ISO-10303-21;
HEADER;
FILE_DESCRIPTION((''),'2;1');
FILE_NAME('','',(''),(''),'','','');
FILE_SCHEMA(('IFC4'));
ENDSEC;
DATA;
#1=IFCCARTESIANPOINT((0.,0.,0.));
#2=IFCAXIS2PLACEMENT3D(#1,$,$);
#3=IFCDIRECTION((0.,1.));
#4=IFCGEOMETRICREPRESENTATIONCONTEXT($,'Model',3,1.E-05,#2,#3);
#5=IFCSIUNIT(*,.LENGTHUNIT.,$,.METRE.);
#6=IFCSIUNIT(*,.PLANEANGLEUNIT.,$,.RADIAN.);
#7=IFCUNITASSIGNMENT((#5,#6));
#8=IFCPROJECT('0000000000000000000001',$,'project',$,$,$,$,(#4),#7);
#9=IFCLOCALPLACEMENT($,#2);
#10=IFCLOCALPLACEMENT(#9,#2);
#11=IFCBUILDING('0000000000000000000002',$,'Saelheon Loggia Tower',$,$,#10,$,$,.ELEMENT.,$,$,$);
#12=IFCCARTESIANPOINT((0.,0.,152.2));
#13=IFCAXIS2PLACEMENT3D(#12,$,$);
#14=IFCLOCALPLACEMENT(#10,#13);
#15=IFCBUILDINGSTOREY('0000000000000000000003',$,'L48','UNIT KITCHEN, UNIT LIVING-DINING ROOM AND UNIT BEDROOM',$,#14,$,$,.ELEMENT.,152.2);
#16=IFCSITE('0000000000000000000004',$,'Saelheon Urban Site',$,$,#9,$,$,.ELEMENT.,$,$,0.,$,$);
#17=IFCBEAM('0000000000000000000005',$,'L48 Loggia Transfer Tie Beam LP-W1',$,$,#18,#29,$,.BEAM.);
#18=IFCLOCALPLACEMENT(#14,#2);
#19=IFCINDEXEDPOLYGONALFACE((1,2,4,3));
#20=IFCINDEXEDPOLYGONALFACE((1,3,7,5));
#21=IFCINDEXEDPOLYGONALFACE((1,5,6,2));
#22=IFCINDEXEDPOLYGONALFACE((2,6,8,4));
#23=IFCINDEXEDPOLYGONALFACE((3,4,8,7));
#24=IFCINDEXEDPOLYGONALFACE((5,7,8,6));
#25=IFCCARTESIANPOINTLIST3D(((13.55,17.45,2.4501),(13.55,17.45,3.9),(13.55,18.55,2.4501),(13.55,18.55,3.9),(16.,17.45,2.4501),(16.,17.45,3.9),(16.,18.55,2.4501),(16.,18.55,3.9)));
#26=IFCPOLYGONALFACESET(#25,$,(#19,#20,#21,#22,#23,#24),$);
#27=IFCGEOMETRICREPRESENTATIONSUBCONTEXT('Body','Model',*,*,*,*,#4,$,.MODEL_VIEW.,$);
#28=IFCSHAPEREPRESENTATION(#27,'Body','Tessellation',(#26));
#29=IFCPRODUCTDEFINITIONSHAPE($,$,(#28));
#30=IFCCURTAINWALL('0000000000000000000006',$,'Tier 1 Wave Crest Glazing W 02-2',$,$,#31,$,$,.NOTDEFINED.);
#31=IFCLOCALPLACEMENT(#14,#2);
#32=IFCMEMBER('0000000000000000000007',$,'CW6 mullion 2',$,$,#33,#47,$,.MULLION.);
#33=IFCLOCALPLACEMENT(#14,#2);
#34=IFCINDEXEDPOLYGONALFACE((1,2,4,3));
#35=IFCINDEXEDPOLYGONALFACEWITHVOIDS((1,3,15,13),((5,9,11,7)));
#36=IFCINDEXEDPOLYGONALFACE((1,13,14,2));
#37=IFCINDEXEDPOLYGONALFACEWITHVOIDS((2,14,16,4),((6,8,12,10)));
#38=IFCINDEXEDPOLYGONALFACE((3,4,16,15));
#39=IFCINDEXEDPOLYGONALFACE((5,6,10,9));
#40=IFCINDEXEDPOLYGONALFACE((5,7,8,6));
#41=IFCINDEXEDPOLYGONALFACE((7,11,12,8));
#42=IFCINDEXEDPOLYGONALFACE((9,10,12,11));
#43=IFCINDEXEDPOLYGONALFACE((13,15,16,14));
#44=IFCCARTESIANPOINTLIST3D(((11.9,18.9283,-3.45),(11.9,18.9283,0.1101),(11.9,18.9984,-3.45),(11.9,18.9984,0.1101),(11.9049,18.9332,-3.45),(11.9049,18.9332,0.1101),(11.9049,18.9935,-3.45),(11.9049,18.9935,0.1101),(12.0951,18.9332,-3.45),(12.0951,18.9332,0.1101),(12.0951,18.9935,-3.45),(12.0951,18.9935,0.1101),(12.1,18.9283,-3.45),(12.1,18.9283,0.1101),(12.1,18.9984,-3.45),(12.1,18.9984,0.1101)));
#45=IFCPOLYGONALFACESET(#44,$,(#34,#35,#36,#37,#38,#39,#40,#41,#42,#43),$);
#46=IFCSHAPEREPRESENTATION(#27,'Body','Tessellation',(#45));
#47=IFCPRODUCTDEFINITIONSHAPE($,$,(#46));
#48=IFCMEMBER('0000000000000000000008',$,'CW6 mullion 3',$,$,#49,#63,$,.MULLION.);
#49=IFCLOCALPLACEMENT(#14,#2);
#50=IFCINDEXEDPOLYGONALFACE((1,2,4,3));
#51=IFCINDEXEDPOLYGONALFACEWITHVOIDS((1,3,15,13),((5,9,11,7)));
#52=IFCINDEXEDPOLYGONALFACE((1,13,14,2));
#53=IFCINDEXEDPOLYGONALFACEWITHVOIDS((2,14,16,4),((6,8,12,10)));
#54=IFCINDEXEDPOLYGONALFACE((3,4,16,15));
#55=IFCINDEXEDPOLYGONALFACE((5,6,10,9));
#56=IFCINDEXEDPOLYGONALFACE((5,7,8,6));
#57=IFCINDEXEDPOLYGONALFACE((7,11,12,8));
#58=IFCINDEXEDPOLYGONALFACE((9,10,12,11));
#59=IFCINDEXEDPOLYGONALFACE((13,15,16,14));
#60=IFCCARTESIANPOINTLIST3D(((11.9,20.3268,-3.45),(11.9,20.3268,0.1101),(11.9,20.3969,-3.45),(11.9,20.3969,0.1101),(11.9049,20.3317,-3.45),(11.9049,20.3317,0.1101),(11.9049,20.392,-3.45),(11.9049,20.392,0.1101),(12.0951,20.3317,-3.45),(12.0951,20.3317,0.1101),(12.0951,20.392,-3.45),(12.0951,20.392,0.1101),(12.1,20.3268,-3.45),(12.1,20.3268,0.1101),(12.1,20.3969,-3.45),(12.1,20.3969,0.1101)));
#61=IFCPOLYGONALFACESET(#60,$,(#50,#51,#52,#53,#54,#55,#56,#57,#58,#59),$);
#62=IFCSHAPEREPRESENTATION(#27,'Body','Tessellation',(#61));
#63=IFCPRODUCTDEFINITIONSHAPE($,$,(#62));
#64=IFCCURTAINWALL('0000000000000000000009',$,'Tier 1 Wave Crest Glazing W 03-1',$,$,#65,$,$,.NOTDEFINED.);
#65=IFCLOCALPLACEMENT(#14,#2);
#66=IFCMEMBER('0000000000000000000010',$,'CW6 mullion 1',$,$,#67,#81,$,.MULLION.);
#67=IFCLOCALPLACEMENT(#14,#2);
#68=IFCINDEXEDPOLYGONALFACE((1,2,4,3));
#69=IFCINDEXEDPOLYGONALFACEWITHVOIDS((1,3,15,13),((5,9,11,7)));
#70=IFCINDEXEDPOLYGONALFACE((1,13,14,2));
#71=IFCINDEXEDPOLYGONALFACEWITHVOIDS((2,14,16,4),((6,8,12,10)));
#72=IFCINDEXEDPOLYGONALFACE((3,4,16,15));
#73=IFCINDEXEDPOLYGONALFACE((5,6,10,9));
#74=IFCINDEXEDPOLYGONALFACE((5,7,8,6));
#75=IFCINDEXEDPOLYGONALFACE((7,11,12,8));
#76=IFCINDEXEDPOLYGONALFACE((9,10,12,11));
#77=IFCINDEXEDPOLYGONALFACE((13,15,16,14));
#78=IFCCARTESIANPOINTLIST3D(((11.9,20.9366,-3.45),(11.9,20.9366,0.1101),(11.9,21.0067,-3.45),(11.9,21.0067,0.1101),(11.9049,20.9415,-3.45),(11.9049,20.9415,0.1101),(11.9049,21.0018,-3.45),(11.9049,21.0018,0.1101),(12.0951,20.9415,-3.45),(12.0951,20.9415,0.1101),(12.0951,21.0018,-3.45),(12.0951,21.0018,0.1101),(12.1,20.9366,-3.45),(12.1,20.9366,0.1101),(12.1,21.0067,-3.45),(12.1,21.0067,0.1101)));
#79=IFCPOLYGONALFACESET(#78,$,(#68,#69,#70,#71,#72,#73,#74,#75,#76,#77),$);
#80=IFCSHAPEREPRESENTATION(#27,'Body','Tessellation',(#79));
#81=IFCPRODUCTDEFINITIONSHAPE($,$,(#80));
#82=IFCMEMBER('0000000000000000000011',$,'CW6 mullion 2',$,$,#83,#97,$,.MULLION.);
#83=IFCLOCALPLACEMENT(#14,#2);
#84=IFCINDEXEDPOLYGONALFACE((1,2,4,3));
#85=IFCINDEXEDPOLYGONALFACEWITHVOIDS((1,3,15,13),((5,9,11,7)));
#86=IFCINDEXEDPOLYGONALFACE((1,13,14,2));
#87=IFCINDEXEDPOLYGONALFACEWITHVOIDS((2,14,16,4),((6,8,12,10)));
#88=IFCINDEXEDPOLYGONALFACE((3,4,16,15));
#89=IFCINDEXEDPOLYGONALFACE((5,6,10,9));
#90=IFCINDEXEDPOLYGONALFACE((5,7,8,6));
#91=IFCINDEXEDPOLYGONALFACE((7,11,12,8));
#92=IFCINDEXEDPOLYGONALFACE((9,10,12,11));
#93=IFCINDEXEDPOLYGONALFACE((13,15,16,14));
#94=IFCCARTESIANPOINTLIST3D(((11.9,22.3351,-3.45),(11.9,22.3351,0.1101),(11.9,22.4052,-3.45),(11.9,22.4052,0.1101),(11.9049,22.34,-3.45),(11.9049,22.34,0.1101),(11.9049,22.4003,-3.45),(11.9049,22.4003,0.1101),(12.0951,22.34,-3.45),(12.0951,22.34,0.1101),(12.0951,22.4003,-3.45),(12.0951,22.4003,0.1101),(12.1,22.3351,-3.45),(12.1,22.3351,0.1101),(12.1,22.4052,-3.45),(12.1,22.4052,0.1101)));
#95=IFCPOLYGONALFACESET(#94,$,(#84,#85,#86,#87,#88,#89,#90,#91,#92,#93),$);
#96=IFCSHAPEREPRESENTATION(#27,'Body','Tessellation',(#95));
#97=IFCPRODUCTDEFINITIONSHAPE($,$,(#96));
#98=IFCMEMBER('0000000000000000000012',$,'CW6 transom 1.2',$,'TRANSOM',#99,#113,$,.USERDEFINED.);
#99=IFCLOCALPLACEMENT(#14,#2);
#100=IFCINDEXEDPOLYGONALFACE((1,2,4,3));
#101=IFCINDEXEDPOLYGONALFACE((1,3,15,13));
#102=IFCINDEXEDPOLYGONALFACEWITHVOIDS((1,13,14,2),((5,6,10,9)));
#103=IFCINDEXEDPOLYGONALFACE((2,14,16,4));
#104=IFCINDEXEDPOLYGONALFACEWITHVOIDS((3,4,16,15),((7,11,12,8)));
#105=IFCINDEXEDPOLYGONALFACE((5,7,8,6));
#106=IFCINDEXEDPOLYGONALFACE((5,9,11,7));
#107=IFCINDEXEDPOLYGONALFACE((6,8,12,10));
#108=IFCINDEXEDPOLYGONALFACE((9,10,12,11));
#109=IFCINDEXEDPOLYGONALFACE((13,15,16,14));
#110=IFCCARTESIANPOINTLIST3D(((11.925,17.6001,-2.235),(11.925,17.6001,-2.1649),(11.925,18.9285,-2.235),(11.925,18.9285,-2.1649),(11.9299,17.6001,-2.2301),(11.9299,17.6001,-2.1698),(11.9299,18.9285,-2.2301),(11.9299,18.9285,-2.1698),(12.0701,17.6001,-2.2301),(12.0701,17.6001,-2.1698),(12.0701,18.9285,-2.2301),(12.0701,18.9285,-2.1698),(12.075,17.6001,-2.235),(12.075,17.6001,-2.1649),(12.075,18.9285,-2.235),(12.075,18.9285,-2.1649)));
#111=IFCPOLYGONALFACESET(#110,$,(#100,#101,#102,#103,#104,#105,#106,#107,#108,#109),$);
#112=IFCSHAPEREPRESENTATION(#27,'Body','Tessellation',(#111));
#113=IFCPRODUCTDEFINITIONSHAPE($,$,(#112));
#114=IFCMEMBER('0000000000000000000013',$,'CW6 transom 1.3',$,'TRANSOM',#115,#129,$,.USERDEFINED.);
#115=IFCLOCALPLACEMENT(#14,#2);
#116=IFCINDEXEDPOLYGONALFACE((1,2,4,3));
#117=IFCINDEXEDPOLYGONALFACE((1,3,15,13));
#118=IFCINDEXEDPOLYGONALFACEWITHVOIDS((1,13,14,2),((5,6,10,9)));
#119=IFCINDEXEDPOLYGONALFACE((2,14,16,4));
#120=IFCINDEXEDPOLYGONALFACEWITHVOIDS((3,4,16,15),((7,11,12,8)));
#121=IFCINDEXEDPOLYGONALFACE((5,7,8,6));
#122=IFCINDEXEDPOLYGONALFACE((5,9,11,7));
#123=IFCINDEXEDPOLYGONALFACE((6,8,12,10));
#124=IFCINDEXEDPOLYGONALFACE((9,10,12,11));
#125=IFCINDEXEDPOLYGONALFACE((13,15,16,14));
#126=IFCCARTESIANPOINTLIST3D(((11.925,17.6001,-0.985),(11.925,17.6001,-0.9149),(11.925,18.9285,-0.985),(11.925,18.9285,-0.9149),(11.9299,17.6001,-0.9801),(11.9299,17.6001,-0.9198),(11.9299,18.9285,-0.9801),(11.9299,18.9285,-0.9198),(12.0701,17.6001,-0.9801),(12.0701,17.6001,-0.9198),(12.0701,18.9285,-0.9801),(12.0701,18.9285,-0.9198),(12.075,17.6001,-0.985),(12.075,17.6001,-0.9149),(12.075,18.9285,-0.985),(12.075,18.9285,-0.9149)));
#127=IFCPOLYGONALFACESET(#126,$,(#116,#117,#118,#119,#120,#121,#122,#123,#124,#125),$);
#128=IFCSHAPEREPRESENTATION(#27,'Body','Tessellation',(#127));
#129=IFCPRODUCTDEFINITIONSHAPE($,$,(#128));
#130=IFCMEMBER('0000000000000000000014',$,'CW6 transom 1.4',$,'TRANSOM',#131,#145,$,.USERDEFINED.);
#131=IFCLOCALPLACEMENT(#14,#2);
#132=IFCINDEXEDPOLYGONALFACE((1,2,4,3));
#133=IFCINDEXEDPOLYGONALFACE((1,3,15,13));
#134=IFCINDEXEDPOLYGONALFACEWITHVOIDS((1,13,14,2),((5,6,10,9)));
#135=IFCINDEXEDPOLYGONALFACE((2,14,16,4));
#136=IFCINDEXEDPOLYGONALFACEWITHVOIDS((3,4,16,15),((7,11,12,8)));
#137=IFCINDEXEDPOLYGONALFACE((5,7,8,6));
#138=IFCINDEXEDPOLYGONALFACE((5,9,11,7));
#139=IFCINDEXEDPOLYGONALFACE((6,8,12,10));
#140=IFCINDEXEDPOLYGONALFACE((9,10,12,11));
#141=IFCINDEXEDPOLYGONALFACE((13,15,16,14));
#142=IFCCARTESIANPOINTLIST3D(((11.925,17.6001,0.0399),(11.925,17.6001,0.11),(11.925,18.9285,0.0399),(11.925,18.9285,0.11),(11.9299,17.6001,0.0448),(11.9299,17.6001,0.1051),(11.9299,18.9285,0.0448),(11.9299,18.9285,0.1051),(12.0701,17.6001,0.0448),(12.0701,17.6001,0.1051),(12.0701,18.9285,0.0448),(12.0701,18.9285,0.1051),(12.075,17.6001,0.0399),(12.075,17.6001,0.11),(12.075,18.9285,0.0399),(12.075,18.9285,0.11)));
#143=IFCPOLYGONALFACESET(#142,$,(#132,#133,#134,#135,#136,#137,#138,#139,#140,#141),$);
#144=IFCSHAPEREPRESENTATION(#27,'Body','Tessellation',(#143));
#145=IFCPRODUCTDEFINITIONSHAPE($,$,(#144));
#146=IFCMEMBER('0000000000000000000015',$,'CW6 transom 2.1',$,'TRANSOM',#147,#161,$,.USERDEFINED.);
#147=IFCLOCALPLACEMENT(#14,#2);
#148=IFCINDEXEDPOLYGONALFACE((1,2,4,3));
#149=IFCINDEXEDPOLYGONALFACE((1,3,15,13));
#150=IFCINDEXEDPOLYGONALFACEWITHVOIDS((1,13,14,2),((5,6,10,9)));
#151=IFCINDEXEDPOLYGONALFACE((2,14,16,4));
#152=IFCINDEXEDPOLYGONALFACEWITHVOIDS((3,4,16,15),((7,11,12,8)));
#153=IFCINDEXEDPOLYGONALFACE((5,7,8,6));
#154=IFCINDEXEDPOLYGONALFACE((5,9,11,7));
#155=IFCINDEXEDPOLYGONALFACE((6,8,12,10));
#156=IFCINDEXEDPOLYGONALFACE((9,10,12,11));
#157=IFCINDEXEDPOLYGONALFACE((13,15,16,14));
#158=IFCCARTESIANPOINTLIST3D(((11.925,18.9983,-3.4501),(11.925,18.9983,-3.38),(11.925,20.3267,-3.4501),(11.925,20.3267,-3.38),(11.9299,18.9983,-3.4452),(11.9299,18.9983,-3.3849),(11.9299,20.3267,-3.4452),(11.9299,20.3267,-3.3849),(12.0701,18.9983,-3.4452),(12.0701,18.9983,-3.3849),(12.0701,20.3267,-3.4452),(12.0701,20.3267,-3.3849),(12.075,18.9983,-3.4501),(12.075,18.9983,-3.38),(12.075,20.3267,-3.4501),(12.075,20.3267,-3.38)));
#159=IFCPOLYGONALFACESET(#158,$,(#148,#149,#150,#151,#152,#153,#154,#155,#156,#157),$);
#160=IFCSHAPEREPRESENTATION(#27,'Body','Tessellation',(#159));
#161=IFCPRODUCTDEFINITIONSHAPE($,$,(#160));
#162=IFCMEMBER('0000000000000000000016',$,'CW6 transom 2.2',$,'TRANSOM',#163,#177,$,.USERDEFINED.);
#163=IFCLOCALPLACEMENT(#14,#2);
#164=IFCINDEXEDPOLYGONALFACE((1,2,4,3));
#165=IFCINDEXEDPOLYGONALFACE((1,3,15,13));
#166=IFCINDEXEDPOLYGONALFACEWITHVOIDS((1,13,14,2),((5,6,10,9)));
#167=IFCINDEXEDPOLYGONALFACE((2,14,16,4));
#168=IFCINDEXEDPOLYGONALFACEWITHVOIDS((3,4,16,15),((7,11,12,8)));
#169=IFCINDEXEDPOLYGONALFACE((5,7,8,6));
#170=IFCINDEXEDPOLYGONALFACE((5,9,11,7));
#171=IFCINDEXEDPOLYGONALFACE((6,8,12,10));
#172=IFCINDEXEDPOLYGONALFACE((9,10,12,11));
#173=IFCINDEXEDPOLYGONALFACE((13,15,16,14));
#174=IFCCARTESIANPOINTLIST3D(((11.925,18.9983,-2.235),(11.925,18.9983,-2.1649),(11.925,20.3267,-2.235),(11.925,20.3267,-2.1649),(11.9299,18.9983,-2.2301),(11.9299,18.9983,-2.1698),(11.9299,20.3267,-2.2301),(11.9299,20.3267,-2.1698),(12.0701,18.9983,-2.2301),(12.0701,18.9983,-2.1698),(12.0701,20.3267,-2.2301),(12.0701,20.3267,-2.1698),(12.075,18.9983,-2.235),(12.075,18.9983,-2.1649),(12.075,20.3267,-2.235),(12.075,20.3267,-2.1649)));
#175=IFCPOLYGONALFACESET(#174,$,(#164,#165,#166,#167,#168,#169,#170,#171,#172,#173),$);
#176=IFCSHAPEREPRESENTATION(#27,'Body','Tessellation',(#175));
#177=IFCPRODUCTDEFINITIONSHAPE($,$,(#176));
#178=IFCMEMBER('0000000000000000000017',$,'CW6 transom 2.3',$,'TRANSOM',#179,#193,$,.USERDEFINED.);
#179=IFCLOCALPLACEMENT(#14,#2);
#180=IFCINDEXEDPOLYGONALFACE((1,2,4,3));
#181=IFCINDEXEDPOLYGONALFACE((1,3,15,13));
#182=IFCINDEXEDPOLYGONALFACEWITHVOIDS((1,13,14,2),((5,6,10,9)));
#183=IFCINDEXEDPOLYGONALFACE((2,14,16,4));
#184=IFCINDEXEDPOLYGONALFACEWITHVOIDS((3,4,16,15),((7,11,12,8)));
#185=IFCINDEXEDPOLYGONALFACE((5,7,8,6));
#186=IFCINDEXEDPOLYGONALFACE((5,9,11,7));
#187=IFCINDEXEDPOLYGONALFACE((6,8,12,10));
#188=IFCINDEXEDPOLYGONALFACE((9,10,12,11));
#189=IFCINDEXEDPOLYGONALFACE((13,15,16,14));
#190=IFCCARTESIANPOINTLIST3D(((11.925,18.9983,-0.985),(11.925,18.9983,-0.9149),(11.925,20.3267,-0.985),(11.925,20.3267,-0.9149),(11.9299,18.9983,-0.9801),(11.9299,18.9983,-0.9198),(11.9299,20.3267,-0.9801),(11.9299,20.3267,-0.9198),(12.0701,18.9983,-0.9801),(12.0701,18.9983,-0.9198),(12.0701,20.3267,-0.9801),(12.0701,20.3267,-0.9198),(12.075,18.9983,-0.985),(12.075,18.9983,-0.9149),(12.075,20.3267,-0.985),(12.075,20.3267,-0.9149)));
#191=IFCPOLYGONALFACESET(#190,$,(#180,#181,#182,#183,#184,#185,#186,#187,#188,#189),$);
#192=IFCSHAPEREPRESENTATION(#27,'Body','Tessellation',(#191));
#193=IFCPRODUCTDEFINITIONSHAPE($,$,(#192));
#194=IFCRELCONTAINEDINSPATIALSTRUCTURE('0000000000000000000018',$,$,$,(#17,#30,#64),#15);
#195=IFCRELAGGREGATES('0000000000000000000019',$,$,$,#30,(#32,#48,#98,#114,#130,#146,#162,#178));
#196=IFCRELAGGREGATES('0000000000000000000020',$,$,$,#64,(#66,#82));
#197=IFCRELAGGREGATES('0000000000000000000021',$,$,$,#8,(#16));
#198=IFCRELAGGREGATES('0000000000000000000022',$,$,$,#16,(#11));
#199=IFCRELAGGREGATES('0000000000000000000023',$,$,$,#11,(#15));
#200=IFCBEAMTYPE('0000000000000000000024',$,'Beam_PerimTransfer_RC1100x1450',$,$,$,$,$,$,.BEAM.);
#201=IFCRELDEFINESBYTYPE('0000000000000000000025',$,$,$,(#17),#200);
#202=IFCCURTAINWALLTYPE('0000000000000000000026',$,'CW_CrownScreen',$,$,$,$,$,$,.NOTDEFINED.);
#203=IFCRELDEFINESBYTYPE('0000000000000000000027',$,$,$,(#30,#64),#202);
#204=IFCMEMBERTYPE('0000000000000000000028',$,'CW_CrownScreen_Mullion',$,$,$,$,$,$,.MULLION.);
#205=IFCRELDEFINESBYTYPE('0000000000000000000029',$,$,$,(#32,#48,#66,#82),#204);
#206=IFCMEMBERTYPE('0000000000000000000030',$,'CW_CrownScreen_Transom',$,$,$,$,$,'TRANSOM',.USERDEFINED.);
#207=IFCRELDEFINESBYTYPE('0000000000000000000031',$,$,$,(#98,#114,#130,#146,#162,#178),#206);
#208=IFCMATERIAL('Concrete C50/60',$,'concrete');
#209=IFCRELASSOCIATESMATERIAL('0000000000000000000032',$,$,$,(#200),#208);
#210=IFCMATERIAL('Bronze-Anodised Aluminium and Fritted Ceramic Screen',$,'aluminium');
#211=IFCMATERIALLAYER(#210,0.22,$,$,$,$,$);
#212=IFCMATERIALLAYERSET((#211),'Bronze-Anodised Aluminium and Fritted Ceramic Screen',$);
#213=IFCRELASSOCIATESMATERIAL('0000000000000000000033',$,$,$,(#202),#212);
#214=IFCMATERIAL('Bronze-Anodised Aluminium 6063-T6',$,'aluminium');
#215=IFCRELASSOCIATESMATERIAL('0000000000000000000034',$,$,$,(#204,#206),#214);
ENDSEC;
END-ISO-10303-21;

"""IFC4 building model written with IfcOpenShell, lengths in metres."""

from ifc_helpers import new_model, si_unit, direction, frame, origin, origin_2d, place, context, subcontext, project, spatial, rectangle, hollow_rectangle, extrude, source, transform, mapped, material, layer, layer_set, material_profile, profile_set, type_object, element, aggregate, save


model = new_model("IFC4")

# Units and contexts
model_context = context("Model", 3, precision=1e-05, world=origin(), true_north=direction((0.0, 1.0)))
body_context = subcontext(model_context, "Body", "Model", "MODEL_VIEW")
ifc_project = project(units=[si_unit("LENGTHUNIT", "METRE"), si_unit("PLANEANGLEUNIT", "RADIAN")], contexts=[model_context])

# Site, building, storey
site_placement = place(None, origin())
site = spatial("IfcSite", under=ifc_project, at=site_placement, Name="Saelheon Urban Site", CompositionType="ELEMENT", RefElevation=0.0)
building_placement = place(site_placement, origin())
building = spatial("IfcBuilding", under=site, at=building_placement, Name="Saelheon Loggia Tower", CompositionType="ELEMENT")
storey_placement = place(building_placement, frame((0.0, 0.0, 152.2)))
storey = spatial("IfcBuildingStorey", under=building, at=storey_placement, Name="L48", Description="UNIT KITCHEN, UNIT LIVING-DINING ROOM AND UNIT BEDROOM", CompositionType="ELEMENT", Elevation=152.2)

# Shared definitions
ifc_material_1 = material(Name="Concrete C50/60", Category="concrete")

# Beam
ifc_material_profile_1 = material_profile(ifc_material_1, rectangle(XDim=1.1001, YDim=1.45, at=origin_2d()), Name="RC-1100x1450")
ifc_profile_set_1 = profile_set([ifc_material_profile_1], Name="Concrete C50/60")
beam_type = type_object("IfcBeamType", Name="Beam_PerimTransfer_RC1100x1450", PredefinedType="BEAM", material=ifc_profile_set_1)
shared_shape_1 = source(origin(), body_context, "Body", "SweptSolid", [
    extrude(rectangle(XDim=1.1001, YDim=1.45, at=origin_2d()), origin(), (0.0, 0.0, 1.0), 2.45),
])
beam_1_placement = place(storey_placement, frame((16.0, 18.0, 3.175), z_axis=(-1.0, 0.0, 0.0), x_axis=(0.0, -1.0, 0.0)))
element("IfcBeam", 1, at=beam_1_placement, inside=storey, type_object=beam_type, Name="L48 Loggia Transfer Tie Beam LP-W1", PredefinedType="BEAM", context=body_context, shape_type="MappedRepresentation", body=[
    mapped(shared_shape_1, transform((0.0, 0.0, 0.0), scale=1.0)),
])

# Curtain walls, members
ifc_material_2 = material(Name="Bronze-Anodised Aluminium and Fritted Ceramic Screen", Category="aluminium")
ifc_layer_1 = layer(ifc_material_2, 0.22)
ifc_layer_set_1 = layer_set([ifc_layer_1], Name="Bronze-Anodised Aluminium and Fritted Ceramic Screen")
curtain_wall_type = type_object("IfcCurtainWallType", Name="CW_CrownScreen", PredefinedType="NOTDEFINED", material=ifc_layer_set_1)
curtain_wall_1_placement = place(storey_placement, origin())
curtain_wall_1 = element("IfcCurtainWall", 2, at=curtain_wall_1_placement, inside=storey, type_object=curtain_wall_type, Name="Tier 1 Wave Crest Glazing W 02-2", PredefinedType="NOTDEFINED")
ifc_material_3 = material(Name="Bronze-Anodised Aluminium 6063-T6", Category="aluminium")
ifc_material_profile_2 = material_profile(ifc_material_3, hollow_rectangle(XDim=0.0701, YDim=0.2, WallThickness=0.0049, at=origin_2d()), Name="RHS-200x70x5")
ifc_profile_set_2 = profile_set([ifc_material_profile_2], Name="Bronze-Anodised Aluminium 6063-T6")
member_type_1 = type_object("IfcMemberType", Name="CW_CrownScreen_Mullion", PredefinedType="MULLION", material=ifc_profile_set_2)
shared_shape_2 = source(origin(), body_context, "Body", "SweptSolid", [
    extrude(hollow_rectangle(XDim=0.0701, YDim=0.2, WallThickness=0.0049, at=origin_2d()), origin(), (0.0, 0.0, 1.0), 3.5601),
])
member_1_placement = place(storey_placement, frame((12.0, 18.9634, -3.45), z_axis=(0.0, 0.0, 1.0), x_axis=(0.0, 1.0, 0.0)))
member_1 = element("IfcMember", 3, at=member_1_placement, type_object=member_type_1, Name="CW6 mullion 2", PredefinedType="MULLION", context=body_context, shape_type="MappedRepresentation", body=[
    mapped(shared_shape_2, transform((0.0, 0.0, 0.0), scale=1.0)),
])
member_2_placement = place(storey_placement, frame((12.0, 20.3618, -3.45), z_axis=(0.0, 0.0, 1.0), x_axis=(0.0, 1.0, 0.0)))
member_2 = element("IfcMember", 4, at=member_2_placement, type_object=member_type_1, Name="CW6 mullion 3", PredefinedType="MULLION", context=body_context, shape_type="MappedRepresentation", body=[
    mapped(shared_shape_2, transform((0.0, 0.0, 0.0), scale=1.0)),
])
curtain_wall_2_placement = place(storey_placement, origin())
curtain_wall_2 = element("IfcCurtainWall", 5, at=curtain_wall_2_placement, inside=storey, type_object=curtain_wall_type, Name="Tier 1 Wave Crest Glazing W 03-1", PredefinedType="NOTDEFINED")
member_3_placement = place(storey_placement, frame((12.0, 20.9717, -3.45), z_axis=(0.0, 0.0, 1.0), x_axis=(0.0, 1.0, 0.0)))
member_3 = element("IfcMember", 6, at=member_3_placement, type_object=member_type_1, Name="CW6 mullion 1", PredefinedType="MULLION", context=body_context, shape_type="MappedRepresentation", body=[
    mapped(shared_shape_2, transform((0.0, 0.0, 0.0), scale=1.0)),
])
member_4_placement = place(storey_placement, frame((12.0, 22.3701, -3.45), z_axis=(0.0, 0.0, 1.0), x_axis=(0.0, 1.0, 0.0)))
member_4 = element("IfcMember", 7, at=member_4_placement, type_object=member_type_1, Name="CW6 mullion 2", PredefinedType="MULLION", context=body_context, shape_type="MappedRepresentation", body=[
    mapped(shared_shape_2, transform((0.0, 0.0, 0.0), scale=1.0)),
])

# Members
ifc_material_profile_3 = material_profile(ifc_material_3, hollow_rectangle(XDim=0.0701, YDim=0.1499, WallThickness=0.0049, at=origin_2d()), Name="RHS-150x70x5")
ifc_profile_set_3 = profile_set([ifc_material_profile_3], Name="Bronze-Anodised Aluminium 6063-T6")
member_type_2 = type_object("IfcMemberType", Name="CW_CrownScreen_Transom", ElementType="TRANSOM", PredefinedType="USERDEFINED", material=ifc_profile_set_3)
shared_shape_3 = source(origin(), body_context, "Body", "SweptSolid", [
    extrude(hollow_rectangle(XDim=0.0701, YDim=0.1499, WallThickness=0.0049, at=origin_2d()), origin(), (0.0, 0.0, 1.0), 1.3284),
])
member_5_placement = place(storey_placement, frame((12.0, 17.6001, -2.2), z_axis=(0.0, 1.0, 0.0), x_axis=(0.0, 0.0, 1.0)))
member_5 = element("IfcMember", 8, at=member_5_placement, type_object=member_type_2, Name="CW6 transom 1.2", ObjectType="TRANSOM", PredefinedType="USERDEFINED", context=body_context, shape_type="MappedRepresentation", body=[
    mapped(shared_shape_3, transform((0.0, 0.0, 0.0), scale=1.0)),
])
member_6_placement = place(storey_placement, frame((12.0, 17.6001, -0.95), z_axis=(0.0, 1.0, 0.0), x_axis=(0.0, 0.0, 1.0)))
member_6 = element("IfcMember", 9, at=member_6_placement, type_object=member_type_2, Name="CW6 transom 1.3", ObjectType="TRANSOM", PredefinedType="USERDEFINED", context=body_context, shape_type="MappedRepresentation", body=[
    mapped(shared_shape_3, transform((0.0, 0.0, 0.0), scale=1.0)),
])
member_7_placement = place(storey_placement, frame((12.0, 17.6001, 0.075), z_axis=(0.0, 1.0, 0.0), x_axis=(0.0, 0.0, 1.0)))
member_7 = element("IfcMember", 10, at=member_7_placement, type_object=member_type_2, Name="CW6 transom 1.4", ObjectType="TRANSOM", PredefinedType="USERDEFINED", context=body_context, shape_type="MappedRepresentation", body=[
    mapped(shared_shape_3, transform((0.0, 0.0, 0.0), scale=1.0)),
])
member_8_placement = place(storey_placement, frame((12.0, 18.9983, -3.415), z_axis=(0.0, 1.0, 0.0), x_axis=(0.0, 0.0, 1.0)))
member_8 = element("IfcMember", 11, at=member_8_placement, type_object=member_type_2, Name="CW6 transom 2.1", ObjectType="TRANSOM", PredefinedType="USERDEFINED", context=body_context, shape_type="MappedRepresentation", body=[
    mapped(shared_shape_3, transform((0.0, 0.0, 0.0), scale=1.0)),
])
member_9_placement = place(storey_placement, frame((12.0, 18.9983, -2.2), z_axis=(0.0, 1.0, 0.0), x_axis=(0.0, 0.0, 1.0)))
member_9 = element("IfcMember", 12, at=member_9_placement, type_object=member_type_2, Name="CW6 transom 2.2", ObjectType="TRANSOM", PredefinedType="USERDEFINED", context=body_context, shape_type="MappedRepresentation", body=[
    mapped(shared_shape_3, transform((0.0, 0.0, 0.0), scale=1.0)),
])
member_10_placement = place(storey_placement, frame((12.0, 18.9983, -0.95), z_axis=(0.0, 1.0, 0.0), x_axis=(0.0, 0.0, 1.0)))
member_10 = element("IfcMember", 13, at=member_10_placement, type_object=member_type_2, Name="CW6 transom 2.3", ObjectType="TRANSOM", PredefinedType="USERDEFINED", context=body_context, shape_type="MappedRepresentation", body=[
    mapped(shared_shape_3, transform((0.0, 0.0, 0.0), scale=1.0)),
])

aggregate(curtain_wall_1, [member_1, member_2, member_5, member_6, member_7, member_8, member_9, member_10])
aggregate(curtain_wall_2, [member_3, member_4])

save(model, "model.ifc")
